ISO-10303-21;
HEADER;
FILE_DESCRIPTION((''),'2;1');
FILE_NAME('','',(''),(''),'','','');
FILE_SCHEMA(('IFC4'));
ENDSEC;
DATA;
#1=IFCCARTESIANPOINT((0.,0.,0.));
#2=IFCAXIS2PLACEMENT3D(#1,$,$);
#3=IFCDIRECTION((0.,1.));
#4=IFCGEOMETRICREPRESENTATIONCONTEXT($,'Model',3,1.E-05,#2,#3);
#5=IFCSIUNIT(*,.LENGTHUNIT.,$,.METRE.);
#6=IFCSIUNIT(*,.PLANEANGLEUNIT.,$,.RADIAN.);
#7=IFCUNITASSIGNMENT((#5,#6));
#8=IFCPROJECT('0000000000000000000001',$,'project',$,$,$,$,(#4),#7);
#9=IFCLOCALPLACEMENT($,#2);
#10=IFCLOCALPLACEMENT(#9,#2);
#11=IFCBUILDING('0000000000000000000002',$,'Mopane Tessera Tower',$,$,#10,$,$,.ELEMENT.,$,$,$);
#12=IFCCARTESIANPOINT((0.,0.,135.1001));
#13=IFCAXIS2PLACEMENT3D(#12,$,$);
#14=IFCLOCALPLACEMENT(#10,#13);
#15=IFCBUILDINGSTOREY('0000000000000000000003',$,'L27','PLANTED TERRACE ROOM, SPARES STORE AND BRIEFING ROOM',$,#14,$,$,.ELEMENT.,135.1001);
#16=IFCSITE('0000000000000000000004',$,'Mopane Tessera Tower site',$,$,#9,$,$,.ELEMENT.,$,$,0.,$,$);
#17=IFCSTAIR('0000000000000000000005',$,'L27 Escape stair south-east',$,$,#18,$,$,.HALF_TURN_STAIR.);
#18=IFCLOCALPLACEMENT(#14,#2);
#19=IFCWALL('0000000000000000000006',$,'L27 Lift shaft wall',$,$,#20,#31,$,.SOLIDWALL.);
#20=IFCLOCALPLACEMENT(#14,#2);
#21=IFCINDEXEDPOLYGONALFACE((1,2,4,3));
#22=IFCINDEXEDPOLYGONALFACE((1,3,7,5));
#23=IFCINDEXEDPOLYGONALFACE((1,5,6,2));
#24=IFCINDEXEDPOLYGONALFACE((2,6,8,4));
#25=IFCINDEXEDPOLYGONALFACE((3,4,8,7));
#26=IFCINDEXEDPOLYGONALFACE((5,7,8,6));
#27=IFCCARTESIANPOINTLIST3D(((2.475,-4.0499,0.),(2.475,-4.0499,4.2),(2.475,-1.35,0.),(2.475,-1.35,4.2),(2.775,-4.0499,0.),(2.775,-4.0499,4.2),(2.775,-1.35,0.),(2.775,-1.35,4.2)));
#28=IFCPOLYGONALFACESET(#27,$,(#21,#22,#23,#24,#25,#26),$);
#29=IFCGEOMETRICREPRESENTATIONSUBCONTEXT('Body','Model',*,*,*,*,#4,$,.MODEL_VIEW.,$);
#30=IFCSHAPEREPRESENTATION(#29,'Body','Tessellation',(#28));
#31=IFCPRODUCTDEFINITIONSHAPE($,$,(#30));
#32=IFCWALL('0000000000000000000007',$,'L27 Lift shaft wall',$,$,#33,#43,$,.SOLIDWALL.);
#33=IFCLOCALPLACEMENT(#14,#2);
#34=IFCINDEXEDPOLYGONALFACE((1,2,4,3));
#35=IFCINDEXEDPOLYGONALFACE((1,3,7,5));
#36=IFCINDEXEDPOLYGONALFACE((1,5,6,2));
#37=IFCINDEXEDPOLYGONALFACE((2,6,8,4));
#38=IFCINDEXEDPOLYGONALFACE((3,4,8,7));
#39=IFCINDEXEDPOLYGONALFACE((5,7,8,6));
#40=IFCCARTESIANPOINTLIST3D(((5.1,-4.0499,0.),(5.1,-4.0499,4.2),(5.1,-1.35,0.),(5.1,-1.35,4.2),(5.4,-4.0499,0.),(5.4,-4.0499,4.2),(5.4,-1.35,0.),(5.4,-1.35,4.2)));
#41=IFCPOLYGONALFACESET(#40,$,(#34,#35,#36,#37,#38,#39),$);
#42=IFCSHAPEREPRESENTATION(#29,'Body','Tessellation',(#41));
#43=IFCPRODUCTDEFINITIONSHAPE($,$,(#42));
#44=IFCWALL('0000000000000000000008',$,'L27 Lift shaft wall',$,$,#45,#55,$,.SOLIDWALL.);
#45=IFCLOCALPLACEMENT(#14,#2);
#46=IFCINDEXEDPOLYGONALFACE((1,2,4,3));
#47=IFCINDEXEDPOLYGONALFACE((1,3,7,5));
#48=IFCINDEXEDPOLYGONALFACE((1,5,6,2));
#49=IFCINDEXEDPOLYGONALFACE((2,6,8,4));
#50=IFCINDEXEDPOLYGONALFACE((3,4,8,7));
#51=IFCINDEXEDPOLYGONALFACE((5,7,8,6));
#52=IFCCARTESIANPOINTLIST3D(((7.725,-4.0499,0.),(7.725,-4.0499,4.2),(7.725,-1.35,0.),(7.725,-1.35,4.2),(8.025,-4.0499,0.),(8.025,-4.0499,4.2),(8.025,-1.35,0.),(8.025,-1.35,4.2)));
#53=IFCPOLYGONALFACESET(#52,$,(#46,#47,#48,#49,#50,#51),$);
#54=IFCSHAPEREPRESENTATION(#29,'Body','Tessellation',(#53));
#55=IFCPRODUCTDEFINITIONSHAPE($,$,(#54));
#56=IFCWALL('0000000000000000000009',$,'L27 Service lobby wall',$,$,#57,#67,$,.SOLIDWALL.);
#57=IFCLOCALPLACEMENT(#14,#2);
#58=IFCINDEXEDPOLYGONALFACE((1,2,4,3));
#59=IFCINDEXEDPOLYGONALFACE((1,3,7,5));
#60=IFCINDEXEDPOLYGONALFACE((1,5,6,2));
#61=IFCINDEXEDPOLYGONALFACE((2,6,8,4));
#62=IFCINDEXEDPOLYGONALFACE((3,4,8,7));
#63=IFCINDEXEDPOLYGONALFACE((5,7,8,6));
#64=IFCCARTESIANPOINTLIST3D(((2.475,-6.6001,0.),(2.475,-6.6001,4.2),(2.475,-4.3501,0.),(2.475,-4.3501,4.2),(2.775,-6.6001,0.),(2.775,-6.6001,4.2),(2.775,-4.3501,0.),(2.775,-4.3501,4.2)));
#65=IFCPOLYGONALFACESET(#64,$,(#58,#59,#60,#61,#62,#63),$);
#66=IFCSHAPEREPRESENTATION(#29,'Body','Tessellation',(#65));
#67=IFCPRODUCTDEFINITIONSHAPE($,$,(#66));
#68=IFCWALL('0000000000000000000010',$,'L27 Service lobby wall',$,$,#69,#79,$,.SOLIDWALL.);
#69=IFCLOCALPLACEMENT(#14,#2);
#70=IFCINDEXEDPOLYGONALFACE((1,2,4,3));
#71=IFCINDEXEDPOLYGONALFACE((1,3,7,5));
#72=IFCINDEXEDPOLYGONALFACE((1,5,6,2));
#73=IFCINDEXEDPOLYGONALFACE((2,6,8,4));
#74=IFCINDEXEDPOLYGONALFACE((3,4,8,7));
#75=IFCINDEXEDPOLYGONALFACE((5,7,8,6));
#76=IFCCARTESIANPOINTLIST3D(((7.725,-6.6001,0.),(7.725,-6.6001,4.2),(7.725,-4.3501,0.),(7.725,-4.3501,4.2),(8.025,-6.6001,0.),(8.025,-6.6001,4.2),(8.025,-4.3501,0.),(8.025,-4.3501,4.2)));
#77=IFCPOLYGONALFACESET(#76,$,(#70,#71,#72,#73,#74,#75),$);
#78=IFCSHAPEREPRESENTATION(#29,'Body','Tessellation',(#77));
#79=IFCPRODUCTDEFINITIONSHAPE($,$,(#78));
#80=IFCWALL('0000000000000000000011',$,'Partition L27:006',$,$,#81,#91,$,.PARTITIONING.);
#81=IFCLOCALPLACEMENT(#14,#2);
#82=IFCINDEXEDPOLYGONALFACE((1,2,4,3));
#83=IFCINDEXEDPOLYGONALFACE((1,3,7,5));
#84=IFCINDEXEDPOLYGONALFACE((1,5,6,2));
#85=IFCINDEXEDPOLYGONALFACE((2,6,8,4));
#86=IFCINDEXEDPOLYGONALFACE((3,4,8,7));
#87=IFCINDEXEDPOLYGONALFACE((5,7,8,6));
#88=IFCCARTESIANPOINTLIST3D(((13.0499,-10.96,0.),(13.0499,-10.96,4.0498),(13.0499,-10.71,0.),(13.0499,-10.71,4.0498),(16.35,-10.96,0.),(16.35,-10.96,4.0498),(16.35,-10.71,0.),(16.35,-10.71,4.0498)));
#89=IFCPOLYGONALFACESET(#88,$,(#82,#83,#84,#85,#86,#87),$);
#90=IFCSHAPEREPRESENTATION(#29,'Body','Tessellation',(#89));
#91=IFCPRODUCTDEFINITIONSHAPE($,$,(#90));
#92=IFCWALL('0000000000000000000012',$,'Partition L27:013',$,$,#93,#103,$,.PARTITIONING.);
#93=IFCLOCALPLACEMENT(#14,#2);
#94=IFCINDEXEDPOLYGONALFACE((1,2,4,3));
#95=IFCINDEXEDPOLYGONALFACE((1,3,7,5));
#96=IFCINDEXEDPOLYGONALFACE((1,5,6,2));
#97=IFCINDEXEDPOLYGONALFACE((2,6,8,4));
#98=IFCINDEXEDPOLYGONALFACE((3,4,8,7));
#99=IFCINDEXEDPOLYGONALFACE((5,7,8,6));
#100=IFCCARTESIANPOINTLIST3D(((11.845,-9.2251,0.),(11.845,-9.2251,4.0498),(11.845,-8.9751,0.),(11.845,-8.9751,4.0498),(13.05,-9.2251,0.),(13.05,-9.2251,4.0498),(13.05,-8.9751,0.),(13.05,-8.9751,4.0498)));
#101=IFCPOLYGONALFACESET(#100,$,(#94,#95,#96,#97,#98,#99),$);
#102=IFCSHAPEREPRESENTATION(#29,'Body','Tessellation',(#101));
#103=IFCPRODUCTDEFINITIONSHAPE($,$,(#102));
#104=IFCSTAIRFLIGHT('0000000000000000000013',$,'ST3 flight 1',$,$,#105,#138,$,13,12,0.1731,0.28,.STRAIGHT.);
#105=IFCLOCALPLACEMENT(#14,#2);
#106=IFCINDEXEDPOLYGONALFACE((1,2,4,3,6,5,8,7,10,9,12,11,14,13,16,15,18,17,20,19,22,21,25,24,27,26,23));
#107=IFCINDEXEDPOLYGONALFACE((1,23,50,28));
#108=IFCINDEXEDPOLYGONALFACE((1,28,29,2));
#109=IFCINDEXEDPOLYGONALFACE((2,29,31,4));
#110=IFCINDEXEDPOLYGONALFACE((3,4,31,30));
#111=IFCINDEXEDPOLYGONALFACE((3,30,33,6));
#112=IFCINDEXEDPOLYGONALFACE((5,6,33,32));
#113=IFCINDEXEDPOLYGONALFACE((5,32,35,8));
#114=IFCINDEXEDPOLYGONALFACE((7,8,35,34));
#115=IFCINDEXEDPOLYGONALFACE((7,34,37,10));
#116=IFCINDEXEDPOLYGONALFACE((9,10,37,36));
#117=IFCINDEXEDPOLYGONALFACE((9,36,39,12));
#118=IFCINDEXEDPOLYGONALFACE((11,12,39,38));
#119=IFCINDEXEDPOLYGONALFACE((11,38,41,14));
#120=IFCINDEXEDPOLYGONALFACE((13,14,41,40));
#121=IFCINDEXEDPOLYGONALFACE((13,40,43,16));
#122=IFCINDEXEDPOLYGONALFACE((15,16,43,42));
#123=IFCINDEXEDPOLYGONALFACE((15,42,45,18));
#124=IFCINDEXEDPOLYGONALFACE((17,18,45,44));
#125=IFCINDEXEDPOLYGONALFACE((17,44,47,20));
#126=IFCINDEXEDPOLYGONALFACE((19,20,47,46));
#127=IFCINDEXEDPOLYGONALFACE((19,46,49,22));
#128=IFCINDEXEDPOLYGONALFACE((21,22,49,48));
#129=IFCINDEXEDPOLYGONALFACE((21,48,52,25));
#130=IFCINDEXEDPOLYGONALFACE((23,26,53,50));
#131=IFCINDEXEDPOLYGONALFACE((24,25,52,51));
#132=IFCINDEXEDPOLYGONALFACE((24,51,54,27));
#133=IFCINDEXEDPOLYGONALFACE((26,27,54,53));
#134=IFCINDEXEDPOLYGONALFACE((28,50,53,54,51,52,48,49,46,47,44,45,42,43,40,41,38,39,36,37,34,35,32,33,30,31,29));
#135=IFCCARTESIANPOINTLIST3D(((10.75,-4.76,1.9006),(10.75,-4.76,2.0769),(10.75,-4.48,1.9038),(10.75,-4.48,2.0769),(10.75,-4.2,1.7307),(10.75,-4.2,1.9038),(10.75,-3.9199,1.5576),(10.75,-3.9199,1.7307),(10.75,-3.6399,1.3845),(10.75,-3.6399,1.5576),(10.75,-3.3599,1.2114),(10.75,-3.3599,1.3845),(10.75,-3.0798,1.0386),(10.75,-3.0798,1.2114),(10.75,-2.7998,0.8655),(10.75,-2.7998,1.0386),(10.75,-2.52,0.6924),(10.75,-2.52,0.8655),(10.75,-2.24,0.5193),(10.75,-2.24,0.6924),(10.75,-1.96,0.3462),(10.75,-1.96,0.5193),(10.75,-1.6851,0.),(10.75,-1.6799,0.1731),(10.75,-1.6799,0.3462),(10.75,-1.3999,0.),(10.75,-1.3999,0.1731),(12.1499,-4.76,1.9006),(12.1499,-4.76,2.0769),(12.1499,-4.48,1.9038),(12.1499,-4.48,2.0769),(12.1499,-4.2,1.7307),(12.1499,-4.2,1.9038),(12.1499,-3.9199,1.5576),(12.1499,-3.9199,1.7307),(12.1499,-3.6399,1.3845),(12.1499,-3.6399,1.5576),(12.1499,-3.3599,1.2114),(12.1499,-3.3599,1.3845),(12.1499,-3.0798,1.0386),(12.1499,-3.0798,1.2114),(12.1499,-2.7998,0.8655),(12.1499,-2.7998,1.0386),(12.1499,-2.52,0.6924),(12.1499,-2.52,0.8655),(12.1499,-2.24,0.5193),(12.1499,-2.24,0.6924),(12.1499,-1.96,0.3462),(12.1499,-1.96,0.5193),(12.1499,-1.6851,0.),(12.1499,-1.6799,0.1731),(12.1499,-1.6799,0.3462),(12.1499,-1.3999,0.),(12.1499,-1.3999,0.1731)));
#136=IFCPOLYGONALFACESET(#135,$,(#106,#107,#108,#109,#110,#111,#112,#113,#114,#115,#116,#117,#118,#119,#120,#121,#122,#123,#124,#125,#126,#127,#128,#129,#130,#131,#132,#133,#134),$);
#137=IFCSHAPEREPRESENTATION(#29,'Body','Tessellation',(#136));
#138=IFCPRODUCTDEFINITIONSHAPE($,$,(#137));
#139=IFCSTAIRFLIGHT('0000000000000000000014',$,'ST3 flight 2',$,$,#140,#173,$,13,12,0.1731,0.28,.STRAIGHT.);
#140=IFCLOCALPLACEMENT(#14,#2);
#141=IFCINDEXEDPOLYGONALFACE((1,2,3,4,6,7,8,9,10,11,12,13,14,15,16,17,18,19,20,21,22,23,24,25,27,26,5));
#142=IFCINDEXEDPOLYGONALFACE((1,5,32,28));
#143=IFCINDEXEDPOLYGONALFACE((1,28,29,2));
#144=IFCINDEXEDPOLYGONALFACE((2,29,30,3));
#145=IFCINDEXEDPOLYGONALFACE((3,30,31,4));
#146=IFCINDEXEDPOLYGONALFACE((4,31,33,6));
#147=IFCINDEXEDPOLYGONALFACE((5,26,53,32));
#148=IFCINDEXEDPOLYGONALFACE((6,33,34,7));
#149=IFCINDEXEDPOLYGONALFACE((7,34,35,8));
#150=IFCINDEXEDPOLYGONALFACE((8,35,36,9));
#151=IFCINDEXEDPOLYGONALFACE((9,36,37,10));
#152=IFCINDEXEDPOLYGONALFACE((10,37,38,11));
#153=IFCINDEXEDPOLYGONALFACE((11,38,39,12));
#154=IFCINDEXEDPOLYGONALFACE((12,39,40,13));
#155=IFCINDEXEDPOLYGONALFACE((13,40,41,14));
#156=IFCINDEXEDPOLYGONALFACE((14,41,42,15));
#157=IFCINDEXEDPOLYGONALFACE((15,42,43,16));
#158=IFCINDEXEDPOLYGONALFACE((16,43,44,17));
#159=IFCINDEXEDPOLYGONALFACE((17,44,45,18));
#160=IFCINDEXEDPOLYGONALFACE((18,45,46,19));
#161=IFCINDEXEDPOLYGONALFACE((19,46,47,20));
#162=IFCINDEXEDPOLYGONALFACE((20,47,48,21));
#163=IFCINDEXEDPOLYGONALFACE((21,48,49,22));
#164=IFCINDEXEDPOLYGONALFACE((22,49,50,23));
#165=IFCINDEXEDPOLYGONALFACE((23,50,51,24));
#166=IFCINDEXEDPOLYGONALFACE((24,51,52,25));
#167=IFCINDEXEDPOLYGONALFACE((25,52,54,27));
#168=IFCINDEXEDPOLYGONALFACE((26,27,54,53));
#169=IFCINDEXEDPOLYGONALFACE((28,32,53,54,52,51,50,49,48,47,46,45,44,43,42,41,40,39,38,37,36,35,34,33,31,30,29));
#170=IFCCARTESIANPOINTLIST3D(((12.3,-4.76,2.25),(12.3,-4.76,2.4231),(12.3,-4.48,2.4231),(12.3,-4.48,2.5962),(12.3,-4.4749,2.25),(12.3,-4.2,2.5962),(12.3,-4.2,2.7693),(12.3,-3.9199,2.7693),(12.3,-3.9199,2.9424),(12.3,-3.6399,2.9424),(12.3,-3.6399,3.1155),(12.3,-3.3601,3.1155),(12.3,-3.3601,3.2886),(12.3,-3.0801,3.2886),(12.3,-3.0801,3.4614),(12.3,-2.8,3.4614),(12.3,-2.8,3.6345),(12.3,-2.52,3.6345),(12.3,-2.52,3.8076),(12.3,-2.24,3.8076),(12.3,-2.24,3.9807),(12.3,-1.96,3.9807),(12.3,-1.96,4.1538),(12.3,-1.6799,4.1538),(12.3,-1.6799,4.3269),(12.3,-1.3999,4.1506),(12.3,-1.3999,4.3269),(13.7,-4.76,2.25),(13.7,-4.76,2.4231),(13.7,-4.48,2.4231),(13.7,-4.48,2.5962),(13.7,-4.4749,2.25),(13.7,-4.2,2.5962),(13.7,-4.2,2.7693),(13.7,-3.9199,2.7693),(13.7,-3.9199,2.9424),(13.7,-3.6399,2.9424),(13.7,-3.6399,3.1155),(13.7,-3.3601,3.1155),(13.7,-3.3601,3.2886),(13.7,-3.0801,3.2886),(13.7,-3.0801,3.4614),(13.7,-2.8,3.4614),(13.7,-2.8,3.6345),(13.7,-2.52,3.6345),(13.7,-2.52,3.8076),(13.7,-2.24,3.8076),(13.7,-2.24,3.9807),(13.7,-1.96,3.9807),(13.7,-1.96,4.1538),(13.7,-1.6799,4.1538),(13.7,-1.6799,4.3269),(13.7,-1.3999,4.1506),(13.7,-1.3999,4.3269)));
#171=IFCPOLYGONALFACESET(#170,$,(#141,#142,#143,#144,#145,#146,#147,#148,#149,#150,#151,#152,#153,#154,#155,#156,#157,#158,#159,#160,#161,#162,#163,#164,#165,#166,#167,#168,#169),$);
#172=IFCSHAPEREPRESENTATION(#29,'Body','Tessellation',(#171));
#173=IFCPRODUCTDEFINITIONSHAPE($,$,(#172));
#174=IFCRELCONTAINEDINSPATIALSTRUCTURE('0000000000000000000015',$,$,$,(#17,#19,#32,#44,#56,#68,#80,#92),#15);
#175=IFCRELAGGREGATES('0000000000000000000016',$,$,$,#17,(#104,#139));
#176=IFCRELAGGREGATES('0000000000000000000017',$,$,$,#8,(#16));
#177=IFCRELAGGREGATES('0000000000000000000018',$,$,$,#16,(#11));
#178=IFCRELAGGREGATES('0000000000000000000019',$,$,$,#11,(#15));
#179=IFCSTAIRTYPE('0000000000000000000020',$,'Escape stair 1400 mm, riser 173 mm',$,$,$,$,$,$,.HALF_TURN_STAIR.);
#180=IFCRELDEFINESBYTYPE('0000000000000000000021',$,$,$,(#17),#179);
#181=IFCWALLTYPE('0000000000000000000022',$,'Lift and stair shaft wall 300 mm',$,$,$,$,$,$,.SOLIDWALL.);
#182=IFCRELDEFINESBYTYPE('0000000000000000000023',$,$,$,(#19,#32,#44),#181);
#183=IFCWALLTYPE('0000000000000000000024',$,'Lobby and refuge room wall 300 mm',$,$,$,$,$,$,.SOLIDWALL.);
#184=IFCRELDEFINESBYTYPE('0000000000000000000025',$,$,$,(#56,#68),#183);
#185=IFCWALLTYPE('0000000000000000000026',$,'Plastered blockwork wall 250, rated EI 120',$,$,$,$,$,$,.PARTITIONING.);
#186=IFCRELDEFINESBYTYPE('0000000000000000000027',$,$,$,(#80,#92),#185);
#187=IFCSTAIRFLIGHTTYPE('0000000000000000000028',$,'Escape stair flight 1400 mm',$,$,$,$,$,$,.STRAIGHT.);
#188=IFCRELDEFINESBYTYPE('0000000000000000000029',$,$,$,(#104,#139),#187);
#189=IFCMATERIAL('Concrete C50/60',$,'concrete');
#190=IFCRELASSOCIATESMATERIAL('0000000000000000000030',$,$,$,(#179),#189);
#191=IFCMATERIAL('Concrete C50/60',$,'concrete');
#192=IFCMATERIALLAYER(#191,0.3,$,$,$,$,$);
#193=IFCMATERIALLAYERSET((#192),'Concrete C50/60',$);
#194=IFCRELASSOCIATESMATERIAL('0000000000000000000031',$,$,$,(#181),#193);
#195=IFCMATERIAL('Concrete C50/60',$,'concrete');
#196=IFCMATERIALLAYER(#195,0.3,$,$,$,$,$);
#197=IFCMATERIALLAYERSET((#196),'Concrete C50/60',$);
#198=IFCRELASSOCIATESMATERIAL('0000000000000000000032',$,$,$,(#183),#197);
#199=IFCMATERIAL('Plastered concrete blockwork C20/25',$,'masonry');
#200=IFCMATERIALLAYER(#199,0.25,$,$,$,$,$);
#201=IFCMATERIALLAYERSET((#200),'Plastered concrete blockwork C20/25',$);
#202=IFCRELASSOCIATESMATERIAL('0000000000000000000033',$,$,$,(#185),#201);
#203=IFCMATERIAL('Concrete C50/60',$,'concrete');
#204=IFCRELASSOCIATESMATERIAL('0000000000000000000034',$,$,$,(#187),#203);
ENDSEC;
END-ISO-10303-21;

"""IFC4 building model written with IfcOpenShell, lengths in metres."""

from ifc_helpers import new_model, si_unit, direction, frame, frame_2d, origin, place, context, subcontext, project, spatial, polyline, rectangle, outline, extrude, material, layer, layer_set, type_object, element, aggregate, save


model = new_model("IFC4")

# Units and contexts
model_context = context("Model", 3, precision=1e-05, world=origin(), true_north=direction((0.0, 1.0)))
body_context = subcontext(model_context, "Body", "Model", "MODEL_VIEW")
ifc_project = project(units=[si_unit("LENGTHUNIT", "METRE"), si_unit("PLANEANGLEUNIT", "RADIAN")], contexts=[model_context])

# Site, building, storey
site_placement = place(None, origin())
site = spatial("IfcSite", under=ifc_project, at=site_placement, Name="Mopane Tessera Tower site", CompositionType="ELEMENT", RefElevation=0.0)
building_placement = place(site_placement, origin())
building = spatial("IfcBuilding", under=site, at=building_placement, Name="Mopane Tessera Tower", CompositionType="ELEMENT")
storey_placement = place(building_placement, frame((0.0, 0.0, 135.1001)))
storey = spatial("IfcBuildingStorey", under=building, at=storey_placement, Name="L27", Description="PLANTED TERRACE ROOM, SPARES STORE AND BRIEFING ROOM", CompositionType="ELEMENT", Elevation=135.1001)

# Stair
ifc_material_1 = material(Name="Concrete C50/60", Category="concrete")
stair_type = type_object("IfcStairType", Name="Escape stair 1400 mm, riser 173 mm", PredefinedType="HALF_TURN_STAIR", material=ifc_material_1)
stair_1_placement = place(storey_placement, origin())
stair_1 = element("IfcStair", 1, at=stair_1_placement, inside=storey, type_object=stair_type, Name="L27 Escape stair south-east", PredefinedType="HALF_TURN_STAIR")

# Shared definitions
ifc_material_2 = material(Name="Concrete C50/60", Category="concrete")
ifc_layer_1 = layer(ifc_material_2, 0.3)
ifc_layer_set_1 = layer_set([ifc_layer_1], Name="Concrete C50/60")
wall_type_1 = type_object("IfcWallType", Name="Lift and stair shaft wall 300 mm", PredefinedType="SOLIDWALL", material=ifc_layer_set_1)

# Walls
for number, where, z_axis, x_axis, name in (
    (2, (2.625, -4.05, 0.0), (0.0, 0.0, 1.0), (0.0, 1.0, 0.0), "L27 Lift shaft wall"),
    (3, (5.25, -4.05, 0.0), (0.0, 0.0, 1.0), (0.0, 1.0, 0.0), "L27 Lift shaft wall"),
    (4, (7.875, -4.05, 0.0), (0.0, 0.0, 1.0), (0.0, 1.0, 0.0), "L27 Lift shaft wall"),
):
    element("IfcWall", number, at=place(storey_placement, frame(where, z_axis=z_axis, x_axis=x_axis)), inside=storey, type_object=wall_type_1, Name=name, PredefinedType="SOLIDWALL", context=body_context, shape_type="SweptSolid", body=[
        extrude(rectangle(XDim=2.7, YDim=0.3, at=frame_2d((1.3501, 0.0))), origin(), (0.0, 0.0, 1.0), 4.2),
    ])
ifc_material_3 = material(Name="Concrete C50/60", Category="concrete")
ifc_layer_2 = layer(ifc_material_3, 0.3)
ifc_layer_set_2 = layer_set([ifc_layer_2], Name="Concrete C50/60")
wall_type_2 = type_object("IfcWallType", Name="Lobby and refuge room wall 300 mm", PredefinedType="SOLIDWALL", material=ifc_layer_set_2)
for number, where, z_axis, x_axis, name in (
    (5, (2.625, -6.6001, 0.0), (0.0, 0.0, 1.0), (0.0, 1.0, 0.0), "L27 Service lobby wall"),
    (6, (7.875, -6.6001, 0.0), (0.0, 0.0, 1.0), (0.0, 1.0, 0.0), "L27 Service lobby wall"),
):
    element("IfcWall", number, at=place(storey_placement, frame(where, z_axis=z_axis, x_axis=x_axis)), inside=storey, type_object=wall_type_2, Name=name, PredefinedType="SOLIDWALL", context=body_context, shape_type="SweptSolid", body=[
        extrude(rectangle(XDim=2.25, YDim=0.3, at=frame_2d((1.125, 0.0))), origin(), (0.0, 0.0, 1.0), 4.2),
    ])
ifc_material_4 = material(Name="Plastered concrete blockwork C20/25", Category="masonry")
ifc_layer_3 = layer(ifc_material_4, 0.25)
ifc_layer_set_3 = layer_set([ifc_layer_3], Name="Plastered concrete blockwork C20/25")
wall_type_3 = type_object("IfcWallType", Name="Plastered blockwork wall 250, rated EI 120", PredefinedType="PARTITIONING", material=ifc_layer_set_3)
wall_1_placement = place(storey_placement, frame((13.05, -10.835, 0.0), z_axis=(0.0, 0.0, 1.0), x_axis=(1.0, 0.0, 0.0)))
element("IfcWall", 7, at=wall_1_placement, inside=storey, type_object=wall_type_3, Name="Partition L27:006", PredefinedType="PARTITIONING", context=body_context, shape_type="SweptSolid", body=[
    extrude(rectangle(XDim=3.3, YDim=0.25, at=frame_2d((1.6499, 0.0))), origin(), (0.0, 0.0, 1.0), 4.0498),
])
wall_2_placement = place(storey_placement, frame((11.845, -9.1001, 0.0), z_axis=(0.0, 0.0, 1.0), x_axis=(1.0, 0.0, 0.0)))
element("IfcWall", 8, at=wall_2_placement, inside=storey, type_object=wall_type_3, Name="Partition L27:013", PredefinedType="PARTITIONING", context=body_context, shape_type="SweptSolid", body=[
    extrude(rectangle(XDim=1.2051, YDim=0.25, at=frame_2d((0.6025, 0.0))), origin(), (0.0, 0.0, 1.0), 4.0498),
])

# Stair flights
ifc_material_5 = material(Name="Concrete C50/60", Category="concrete")
stair_flight_type = type_object("IfcStairFlightType", Name="Escape stair flight 1400 mm", PredefinedType="STRAIGHT", material=ifc_material_5)
stair_flight_1_placement = place(storey_placement, frame((11.45, -1.3999, 0.0), z_axis=(0.0, 0.0, 1.0), x_axis=(0.0, -1.0, 0.0)))
stair_flight_1 = element("IfcStairFlight", 9, at=stair_flight_1_placement, type_object=stair_flight_type, Name="ST3 flight 1", NumberOfRisers=13, NumberOfTreads=12, PredefinedType="STRAIGHT", RiserHeight=0.1731, TreadLength=0.28, context=body_context, shape_type="SweptSolid", body=[
    extrude(outline(polyline([(0.0, 0.0), (0.0, 0.1731), (0.28, 0.1731), (0.28, 0.3462), (0.5601, 0.3462), (0.5601, 0.5193), (0.8401, 0.5193), (0.8401, 0.6924), (1.1201, 0.6924), (1.1201, 0.8655), (1.3999, 0.8655), (1.3999, 1.0386), (1.6799, 1.0386), (1.6799, 1.2114), (1.96, 1.2114), (1.96, 1.3845), (2.24, 1.3845), (2.24, 1.5576), (2.52, 1.5576), (2.52, 1.7307), (2.8, 1.7307), (2.8, 1.9038), (3.0801, 1.9038), (3.0801, 2.0769), (3.3601, 2.0769), (3.3601, 2.25), (3.3601, 1.9006), (0.2852, 0.0), (0.0, 0.0)])), frame((0.0, 0.7, 0.0), z_axis=(0.0, -1.0, 0.0), x_axis=(1.0, 0.0, 0.0)), (0.0, 0.0, 1.0), 1.3999),
])
stair_flight_2_placement = place(storey_placement, frame((13.0, -4.76, 2.25), z_axis=(0.0, 0.0, 1.0), x_axis=(0.0, 1.0, 0.0)))
stair_flight_2 = element("IfcStairFlight", 10, at=stair_flight_2_placement, type_object=stair_flight_type, Name="ST3 flight 2", NumberOfRisers=13, NumberOfTreads=12, PredefinedType="STRAIGHT", RiserHeight=0.1731, TreadLength=0.28, context=body_context, shape_type="SweptSolid", body=[
    extrude(outline(polyline([(0.0, 0.0), (0.0, 0.1731), (0.28, 0.1731), (0.28, 0.3462), (0.5601, 0.3462), (0.5601, 0.5193), (0.8401, 0.5193), (0.8401, 0.6924), (1.1201, 0.6924), (1.1201, 0.8655), (1.3999, 0.8655), (1.3999, 1.0386), (1.6799, 1.0386), (1.6799, 1.2114), (1.96, 1.2114), (1.96, 1.3845), (2.24, 1.3845), (2.24, 1.5576), (2.52, 1.5576), (2.52, 1.7307), (2.8, 1.7307), (2.8, 1.9038), (3.0801, 1.9038), (3.0801, 2.0769), (3.3601, 2.0769), (3.3601, 2.25), (3.3601, 1.9006), (0.2852, 0.0), (0.0, 0.0)])), frame((0.0, 0.7, 0.0), z_axis=(0.0, -1.0, 0.0), x_axis=(1.0, 0.0, 0.0)), (0.0, 0.0, 1.0), 1.3999),
])
aggregate(stair_1, [stair_flight_1, stair_flight_2])

save(model, "model.ifc")
